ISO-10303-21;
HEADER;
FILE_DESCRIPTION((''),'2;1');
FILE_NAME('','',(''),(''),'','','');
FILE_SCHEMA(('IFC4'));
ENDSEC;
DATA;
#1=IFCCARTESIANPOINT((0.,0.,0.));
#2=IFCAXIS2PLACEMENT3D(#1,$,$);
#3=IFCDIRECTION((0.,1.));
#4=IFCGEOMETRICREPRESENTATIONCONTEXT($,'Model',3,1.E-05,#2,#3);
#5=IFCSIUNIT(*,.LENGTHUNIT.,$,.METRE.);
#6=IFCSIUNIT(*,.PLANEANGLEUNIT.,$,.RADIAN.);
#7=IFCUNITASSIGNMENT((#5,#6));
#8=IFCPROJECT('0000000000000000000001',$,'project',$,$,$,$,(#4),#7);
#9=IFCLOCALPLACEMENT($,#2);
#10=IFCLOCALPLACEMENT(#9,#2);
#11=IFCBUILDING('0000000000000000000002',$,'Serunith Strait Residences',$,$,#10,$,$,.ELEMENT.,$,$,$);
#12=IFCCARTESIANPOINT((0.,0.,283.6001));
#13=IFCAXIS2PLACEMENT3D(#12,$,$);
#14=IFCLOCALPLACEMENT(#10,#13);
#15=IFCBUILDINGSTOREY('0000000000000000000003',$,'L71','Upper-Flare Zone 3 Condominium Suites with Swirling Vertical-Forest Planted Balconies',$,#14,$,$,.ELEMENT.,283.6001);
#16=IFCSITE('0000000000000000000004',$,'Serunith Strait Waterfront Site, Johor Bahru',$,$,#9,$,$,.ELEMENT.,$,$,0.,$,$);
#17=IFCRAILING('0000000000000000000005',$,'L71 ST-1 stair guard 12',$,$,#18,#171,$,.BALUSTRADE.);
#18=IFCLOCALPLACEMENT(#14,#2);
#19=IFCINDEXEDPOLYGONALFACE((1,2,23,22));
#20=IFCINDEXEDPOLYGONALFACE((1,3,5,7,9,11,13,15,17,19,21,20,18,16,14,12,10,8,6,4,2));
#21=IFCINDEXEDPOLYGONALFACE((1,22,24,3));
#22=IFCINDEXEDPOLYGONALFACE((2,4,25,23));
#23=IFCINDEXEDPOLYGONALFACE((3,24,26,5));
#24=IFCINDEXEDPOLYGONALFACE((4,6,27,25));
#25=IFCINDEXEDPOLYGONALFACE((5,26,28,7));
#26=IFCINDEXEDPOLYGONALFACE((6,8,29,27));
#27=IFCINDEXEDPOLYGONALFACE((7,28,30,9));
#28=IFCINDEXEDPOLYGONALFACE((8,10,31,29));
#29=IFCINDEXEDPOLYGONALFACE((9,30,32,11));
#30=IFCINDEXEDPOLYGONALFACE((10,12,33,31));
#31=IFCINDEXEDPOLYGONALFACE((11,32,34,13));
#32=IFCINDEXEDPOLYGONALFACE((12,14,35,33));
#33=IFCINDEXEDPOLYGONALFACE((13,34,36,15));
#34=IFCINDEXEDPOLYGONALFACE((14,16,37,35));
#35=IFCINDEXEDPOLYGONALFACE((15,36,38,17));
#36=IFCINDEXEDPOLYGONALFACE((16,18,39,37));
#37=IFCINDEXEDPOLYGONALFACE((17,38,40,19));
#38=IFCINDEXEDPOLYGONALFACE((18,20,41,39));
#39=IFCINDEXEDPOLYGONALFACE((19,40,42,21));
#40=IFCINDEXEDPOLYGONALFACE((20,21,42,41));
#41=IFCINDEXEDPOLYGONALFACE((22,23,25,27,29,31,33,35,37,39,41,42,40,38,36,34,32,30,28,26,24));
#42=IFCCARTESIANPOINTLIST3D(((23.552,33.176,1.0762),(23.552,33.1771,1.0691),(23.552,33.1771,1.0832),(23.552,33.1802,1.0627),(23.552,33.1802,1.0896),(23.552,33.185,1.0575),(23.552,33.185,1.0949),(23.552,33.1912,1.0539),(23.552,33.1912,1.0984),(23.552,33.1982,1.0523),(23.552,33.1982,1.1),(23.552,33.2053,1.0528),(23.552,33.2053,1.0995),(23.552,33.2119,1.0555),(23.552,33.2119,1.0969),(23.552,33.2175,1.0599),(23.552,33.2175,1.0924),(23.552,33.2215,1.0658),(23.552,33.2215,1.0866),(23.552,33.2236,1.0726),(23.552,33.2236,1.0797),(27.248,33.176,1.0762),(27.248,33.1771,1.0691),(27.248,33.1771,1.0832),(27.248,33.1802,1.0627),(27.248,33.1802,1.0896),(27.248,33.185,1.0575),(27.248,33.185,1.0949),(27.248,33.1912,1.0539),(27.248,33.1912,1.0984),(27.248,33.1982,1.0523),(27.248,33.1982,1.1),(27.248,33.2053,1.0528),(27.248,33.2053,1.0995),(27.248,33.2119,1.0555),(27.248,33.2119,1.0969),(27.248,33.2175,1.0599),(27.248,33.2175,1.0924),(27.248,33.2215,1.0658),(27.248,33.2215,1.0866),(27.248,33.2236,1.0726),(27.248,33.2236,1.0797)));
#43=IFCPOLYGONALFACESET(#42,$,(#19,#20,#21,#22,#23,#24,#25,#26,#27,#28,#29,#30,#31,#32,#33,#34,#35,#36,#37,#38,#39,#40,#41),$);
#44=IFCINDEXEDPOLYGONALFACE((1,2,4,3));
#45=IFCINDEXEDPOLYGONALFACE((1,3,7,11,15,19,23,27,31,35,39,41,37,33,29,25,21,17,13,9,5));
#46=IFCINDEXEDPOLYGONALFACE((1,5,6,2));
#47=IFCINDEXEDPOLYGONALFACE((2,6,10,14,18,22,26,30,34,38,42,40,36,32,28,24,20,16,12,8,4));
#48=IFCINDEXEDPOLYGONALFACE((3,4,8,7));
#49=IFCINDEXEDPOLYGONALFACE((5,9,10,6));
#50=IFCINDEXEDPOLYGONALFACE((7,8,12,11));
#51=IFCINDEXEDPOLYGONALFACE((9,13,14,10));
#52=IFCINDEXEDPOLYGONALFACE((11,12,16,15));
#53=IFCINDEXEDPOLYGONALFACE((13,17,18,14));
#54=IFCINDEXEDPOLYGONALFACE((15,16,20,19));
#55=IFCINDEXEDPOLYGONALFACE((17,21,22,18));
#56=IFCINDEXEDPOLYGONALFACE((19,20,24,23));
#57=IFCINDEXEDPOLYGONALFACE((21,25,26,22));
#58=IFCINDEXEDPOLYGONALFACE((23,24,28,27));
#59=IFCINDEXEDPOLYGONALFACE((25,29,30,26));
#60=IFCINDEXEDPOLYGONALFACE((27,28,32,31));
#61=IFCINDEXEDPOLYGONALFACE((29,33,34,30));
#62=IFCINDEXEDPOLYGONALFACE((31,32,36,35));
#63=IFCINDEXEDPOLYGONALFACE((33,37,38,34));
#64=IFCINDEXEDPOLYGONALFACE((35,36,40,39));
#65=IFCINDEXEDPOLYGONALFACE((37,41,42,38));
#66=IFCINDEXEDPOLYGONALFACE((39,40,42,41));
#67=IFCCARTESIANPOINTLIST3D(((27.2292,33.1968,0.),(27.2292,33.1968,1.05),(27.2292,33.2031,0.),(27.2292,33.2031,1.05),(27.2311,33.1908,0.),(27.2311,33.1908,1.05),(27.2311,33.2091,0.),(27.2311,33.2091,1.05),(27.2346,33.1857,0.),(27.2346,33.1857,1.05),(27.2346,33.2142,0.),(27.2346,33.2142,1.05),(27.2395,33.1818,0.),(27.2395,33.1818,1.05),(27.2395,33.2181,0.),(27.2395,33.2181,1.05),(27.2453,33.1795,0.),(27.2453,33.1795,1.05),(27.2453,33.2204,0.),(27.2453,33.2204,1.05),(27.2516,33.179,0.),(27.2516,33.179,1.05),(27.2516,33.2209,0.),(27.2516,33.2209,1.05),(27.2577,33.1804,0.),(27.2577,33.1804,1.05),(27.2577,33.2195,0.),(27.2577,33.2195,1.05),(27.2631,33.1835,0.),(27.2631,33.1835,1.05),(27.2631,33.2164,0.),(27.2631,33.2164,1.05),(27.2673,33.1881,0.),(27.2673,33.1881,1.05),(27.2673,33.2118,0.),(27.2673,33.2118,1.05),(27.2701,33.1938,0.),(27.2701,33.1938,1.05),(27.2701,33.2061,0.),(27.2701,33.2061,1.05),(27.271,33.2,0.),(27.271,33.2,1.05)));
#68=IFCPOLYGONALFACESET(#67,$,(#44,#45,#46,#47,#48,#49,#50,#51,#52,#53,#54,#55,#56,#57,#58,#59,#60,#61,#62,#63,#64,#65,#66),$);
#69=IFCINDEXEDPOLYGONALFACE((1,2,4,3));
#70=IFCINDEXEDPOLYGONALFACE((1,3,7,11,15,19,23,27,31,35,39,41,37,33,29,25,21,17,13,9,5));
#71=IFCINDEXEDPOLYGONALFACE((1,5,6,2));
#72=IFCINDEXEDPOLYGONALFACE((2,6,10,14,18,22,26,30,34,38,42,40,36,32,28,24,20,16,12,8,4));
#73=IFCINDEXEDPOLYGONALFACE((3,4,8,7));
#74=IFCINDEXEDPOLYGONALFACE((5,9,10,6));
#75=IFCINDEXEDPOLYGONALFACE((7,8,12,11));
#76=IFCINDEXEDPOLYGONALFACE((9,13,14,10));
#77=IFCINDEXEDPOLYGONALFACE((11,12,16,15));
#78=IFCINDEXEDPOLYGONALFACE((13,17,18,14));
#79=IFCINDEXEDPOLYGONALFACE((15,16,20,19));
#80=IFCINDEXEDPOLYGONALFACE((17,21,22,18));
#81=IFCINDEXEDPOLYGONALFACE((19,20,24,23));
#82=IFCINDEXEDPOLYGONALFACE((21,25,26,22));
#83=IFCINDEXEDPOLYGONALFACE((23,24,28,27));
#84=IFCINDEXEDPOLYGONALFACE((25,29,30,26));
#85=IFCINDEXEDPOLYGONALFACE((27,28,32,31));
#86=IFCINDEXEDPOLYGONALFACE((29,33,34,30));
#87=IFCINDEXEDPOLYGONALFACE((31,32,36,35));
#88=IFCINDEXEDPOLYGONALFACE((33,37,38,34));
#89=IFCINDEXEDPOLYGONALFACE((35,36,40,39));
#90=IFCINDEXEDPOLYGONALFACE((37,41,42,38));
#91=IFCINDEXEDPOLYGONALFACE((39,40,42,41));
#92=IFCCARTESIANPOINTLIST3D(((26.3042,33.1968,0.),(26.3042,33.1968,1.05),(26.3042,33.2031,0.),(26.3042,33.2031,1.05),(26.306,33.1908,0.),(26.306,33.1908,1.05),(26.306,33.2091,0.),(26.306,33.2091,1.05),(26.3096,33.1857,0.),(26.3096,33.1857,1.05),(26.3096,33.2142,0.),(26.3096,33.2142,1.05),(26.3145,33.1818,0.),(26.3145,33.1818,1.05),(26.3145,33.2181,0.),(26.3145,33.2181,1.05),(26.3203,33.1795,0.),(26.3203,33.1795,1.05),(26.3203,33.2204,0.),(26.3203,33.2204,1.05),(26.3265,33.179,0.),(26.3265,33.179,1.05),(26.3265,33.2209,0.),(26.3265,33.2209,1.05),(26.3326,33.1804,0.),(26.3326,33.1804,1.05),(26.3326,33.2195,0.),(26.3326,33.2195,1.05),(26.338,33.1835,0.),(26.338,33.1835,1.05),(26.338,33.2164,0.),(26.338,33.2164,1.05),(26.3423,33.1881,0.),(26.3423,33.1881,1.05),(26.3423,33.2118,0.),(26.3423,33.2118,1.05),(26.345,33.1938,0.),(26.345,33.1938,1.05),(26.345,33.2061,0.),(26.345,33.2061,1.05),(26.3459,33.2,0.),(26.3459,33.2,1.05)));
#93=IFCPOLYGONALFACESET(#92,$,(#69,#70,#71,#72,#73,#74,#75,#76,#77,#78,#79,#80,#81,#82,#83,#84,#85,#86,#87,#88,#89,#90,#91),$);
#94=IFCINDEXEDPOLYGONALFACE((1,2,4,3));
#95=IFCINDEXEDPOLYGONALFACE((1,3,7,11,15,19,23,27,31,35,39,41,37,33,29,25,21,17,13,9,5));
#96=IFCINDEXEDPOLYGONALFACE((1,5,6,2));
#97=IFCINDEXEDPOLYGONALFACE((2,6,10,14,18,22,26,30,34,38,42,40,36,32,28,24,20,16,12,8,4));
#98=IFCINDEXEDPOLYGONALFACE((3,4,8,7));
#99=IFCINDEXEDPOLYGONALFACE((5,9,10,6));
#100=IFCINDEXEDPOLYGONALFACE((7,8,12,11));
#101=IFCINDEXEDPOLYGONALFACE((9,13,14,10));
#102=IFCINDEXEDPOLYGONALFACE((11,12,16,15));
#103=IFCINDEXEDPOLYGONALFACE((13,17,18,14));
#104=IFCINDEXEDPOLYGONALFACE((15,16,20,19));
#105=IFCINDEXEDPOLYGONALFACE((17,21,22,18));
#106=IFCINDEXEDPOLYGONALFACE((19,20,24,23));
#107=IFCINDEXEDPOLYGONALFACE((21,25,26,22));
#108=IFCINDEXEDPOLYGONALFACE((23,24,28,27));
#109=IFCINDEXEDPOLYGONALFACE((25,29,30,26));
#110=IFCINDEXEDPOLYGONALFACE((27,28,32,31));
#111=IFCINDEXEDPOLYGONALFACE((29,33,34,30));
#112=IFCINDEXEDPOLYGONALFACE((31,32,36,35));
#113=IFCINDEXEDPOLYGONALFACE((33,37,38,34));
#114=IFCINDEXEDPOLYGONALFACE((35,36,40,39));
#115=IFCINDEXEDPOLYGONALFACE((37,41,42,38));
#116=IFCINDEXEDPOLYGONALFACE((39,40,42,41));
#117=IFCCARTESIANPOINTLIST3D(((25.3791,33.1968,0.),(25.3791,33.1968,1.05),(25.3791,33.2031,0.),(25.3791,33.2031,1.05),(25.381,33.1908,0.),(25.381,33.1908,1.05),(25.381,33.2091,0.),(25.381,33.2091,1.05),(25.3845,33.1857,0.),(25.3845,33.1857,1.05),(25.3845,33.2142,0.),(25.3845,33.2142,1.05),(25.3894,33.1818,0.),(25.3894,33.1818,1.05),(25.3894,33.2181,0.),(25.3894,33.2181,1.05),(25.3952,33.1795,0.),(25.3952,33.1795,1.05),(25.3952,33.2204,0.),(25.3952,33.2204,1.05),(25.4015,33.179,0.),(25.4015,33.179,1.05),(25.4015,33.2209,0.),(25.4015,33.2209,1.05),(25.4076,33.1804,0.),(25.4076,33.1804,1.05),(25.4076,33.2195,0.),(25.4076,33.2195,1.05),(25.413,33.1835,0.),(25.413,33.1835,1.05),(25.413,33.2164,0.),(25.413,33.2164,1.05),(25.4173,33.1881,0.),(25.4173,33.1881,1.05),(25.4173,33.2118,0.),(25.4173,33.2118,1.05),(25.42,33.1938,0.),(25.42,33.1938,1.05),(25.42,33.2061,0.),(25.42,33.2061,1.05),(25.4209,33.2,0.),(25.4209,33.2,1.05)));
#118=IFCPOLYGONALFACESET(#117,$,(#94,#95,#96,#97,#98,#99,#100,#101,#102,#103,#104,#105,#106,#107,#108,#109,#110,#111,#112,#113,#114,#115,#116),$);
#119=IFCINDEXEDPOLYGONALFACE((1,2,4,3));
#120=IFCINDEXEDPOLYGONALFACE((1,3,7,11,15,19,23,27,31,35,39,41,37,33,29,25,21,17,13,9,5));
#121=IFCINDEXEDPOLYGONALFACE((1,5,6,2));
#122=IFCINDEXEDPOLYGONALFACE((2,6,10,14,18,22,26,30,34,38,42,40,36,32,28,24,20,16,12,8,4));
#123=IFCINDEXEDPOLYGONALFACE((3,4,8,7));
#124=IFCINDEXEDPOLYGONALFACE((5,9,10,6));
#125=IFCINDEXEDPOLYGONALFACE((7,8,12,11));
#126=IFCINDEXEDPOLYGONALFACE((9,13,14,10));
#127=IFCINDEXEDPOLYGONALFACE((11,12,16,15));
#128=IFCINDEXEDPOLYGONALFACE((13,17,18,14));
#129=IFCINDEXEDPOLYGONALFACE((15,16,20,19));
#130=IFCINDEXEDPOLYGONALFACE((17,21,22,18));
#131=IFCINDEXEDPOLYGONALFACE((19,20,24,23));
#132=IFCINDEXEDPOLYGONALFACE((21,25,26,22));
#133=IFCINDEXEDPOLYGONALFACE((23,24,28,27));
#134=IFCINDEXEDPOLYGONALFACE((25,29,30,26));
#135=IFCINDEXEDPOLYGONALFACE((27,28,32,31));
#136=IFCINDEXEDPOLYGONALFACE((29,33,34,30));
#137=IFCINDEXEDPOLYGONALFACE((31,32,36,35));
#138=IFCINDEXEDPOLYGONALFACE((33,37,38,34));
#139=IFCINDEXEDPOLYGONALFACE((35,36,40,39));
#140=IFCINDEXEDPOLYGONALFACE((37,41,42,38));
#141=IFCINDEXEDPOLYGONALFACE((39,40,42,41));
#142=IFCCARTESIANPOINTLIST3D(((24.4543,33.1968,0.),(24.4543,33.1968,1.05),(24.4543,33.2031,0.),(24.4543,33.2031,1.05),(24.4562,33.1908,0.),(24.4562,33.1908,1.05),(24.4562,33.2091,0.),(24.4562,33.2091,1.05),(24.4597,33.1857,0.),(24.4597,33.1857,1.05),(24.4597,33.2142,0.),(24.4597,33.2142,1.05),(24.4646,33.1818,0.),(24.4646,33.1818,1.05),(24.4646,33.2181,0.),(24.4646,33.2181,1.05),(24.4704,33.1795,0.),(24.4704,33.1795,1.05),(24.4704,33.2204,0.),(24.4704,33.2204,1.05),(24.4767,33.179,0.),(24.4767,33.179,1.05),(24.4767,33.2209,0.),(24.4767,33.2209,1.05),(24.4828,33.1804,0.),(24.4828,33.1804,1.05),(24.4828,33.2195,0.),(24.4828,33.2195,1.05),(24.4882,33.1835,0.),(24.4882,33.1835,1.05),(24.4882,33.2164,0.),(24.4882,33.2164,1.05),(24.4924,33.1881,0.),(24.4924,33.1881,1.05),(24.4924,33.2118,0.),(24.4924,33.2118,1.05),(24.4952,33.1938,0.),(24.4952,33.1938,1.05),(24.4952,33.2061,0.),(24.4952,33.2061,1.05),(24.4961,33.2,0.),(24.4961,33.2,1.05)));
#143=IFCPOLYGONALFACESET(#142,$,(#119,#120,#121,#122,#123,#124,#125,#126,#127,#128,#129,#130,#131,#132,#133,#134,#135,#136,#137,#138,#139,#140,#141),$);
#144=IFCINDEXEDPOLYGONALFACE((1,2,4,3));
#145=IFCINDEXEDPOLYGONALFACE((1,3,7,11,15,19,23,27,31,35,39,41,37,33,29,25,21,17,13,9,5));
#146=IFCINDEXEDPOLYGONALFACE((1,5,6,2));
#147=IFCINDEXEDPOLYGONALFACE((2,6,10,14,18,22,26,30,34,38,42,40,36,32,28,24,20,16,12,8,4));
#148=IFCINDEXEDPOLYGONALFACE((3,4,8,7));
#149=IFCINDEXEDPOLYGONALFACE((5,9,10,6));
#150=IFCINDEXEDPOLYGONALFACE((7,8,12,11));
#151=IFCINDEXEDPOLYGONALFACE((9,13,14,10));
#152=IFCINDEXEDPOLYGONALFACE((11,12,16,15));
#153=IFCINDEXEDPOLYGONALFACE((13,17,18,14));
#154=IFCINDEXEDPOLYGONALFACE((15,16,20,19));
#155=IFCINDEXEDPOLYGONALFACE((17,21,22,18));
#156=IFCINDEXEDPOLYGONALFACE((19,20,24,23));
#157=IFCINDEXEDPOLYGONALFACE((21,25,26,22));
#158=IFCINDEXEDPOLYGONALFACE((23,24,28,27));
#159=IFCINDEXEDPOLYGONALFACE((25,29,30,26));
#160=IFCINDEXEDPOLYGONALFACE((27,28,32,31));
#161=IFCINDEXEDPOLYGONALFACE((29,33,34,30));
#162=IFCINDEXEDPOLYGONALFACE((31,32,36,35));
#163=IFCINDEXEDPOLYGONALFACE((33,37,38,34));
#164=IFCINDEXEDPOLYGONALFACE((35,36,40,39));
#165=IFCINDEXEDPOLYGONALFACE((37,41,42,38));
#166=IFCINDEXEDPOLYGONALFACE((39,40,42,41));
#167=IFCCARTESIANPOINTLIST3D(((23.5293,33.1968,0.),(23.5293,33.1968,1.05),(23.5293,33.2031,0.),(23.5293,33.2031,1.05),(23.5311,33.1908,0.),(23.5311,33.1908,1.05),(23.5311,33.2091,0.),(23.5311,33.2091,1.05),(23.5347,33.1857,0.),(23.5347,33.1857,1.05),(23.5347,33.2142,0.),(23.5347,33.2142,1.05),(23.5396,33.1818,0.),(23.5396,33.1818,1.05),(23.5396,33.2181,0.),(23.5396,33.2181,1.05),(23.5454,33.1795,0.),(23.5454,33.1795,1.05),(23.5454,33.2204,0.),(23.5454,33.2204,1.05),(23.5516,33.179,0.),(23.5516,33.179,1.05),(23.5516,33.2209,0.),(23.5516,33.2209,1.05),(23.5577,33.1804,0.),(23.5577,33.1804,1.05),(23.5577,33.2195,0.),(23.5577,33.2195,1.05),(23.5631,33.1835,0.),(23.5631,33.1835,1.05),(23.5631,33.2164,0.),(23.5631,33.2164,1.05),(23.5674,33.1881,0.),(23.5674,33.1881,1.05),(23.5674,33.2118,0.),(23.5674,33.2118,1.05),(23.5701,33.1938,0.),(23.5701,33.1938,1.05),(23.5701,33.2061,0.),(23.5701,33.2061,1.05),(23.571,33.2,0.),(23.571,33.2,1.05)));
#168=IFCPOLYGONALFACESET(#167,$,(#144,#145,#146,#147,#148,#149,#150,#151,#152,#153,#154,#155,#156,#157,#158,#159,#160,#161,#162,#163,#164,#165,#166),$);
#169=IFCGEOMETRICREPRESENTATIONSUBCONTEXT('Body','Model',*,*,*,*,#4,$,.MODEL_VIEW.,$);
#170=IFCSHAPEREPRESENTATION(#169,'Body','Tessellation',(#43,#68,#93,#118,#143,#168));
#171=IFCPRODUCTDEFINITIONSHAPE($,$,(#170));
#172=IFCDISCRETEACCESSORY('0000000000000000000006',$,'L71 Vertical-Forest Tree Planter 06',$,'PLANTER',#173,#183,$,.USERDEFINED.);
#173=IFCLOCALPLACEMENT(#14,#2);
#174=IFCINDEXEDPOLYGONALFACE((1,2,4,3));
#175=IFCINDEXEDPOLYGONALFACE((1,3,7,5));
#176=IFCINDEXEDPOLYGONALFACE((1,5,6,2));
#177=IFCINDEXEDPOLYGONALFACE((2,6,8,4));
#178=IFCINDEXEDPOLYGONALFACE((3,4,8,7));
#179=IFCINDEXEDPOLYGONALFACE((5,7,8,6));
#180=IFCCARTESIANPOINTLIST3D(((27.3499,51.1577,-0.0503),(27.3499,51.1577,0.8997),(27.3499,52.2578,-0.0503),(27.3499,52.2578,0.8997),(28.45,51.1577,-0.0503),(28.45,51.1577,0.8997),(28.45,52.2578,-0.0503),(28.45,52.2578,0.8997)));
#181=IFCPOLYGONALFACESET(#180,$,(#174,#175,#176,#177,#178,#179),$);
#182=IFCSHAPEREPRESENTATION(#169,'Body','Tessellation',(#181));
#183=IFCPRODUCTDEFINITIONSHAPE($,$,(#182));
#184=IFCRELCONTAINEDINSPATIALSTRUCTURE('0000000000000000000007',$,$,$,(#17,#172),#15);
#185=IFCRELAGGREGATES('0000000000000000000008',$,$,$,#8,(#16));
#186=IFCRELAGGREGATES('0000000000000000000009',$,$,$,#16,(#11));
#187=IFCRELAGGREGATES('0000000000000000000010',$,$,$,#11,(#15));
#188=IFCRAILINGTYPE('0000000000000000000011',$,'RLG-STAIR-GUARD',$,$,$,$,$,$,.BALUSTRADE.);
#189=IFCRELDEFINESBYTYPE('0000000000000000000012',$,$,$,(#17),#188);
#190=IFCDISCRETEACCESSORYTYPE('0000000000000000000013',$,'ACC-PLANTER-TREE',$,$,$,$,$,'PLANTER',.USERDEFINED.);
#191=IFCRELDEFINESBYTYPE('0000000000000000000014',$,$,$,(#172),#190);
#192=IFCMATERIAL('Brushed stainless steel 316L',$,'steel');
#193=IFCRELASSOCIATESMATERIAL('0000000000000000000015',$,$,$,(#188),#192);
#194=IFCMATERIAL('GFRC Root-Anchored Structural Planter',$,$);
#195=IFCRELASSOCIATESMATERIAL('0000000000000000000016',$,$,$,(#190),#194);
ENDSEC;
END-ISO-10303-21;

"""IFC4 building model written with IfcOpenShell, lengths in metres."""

from ifc_helpers import new_model, si_unit, direction, frame, origin, origin_2d, place, context, subcontext, project, spatial, rectangle, circle, extrude, source, transform, mapped, material, type_object, element, save


model = new_model("IFC4")

# Units and contexts
model_context = context("Model", 3, precision=1e-05, world=origin(), true_north=direction((0.0, 1.0)))
body_context = subcontext(model_context, "Body", "Model", "MODEL_VIEW")
ifc_project = project(units=[si_unit("LENGTHUNIT", "METRE"), si_unit("PLANEANGLEUNIT", "RADIAN")], contexts=[model_context])

# Site, building, storey
site_placement = place(None, origin())
site = spatial("IfcSite", under=ifc_project, at=site_placement, Name="Serunith Strait Waterfront Site, Johor Bahru", CompositionType="ELEMENT", RefElevation=0.0)
building_placement = place(site_placement, origin())
building = spatial("IfcBuilding", under=site, at=building_placement, Name="Serunith Strait Residences", CompositionType="ELEMENT")
storey_placement = place(building_placement, frame((0.0, 0.0, 283.6001)))
storey = spatial("IfcBuildingStorey", under=building, at=storey_placement, Name="L71", Description="Upper-Flare Zone 3 Condominium Suites with Swirling Vertical-Forest Planted Balconies", CompositionType="ELEMENT", Elevation=283.6001)

# Railing
ifc_material_1 = material(Name="Brushed stainless steel 316L", Category="steel")
railing_type_1 = type_object("IfcRailingType", Name="RLG-STAIR-GUARD", PredefinedType="BALUSTRADE", material=ifc_material_1)
railing_1_placement = place(storey_placement, frame((27.25, 33.2, 0.0)))
element("IfcRailing", 1, at=railing_1_placement, inside=storey, type_object=railing_type_1, Name="L71 ST-1 stair guard 12", PredefinedType="BALUSTRADE", context=body_context, shape_type="SweptSolid", body=[
    extrude(circle(Radius=0.0239, at=origin_2d()), frame((-0.002, 0.0, 1.0762), z_axis=(-1.0, 0.0, 0.0), x_axis=(0.0, -1.0, 0.0)), (0.0, 0.0, 1.0), 3.696),
    extrude(circle(Radius=0.021, at=origin_2d()), origin(), (0.0, 0.0, 1.0), 1.05),
    extrude(circle(Radius=0.021, at=origin_2d()), frame((-0.925, 0.0, 0.0)), (0.0, 0.0, 1.0), 1.05),
    extrude(circle(Radius=0.021, at=origin_2d()), frame((-1.8501, 0.0, 0.0)), (0.0, 0.0, 1.0), 1.05),
    extrude(circle(Radius=0.021, at=origin_2d()), frame((-2.7749, 0.0, 0.0)), (0.0, 0.0, 1.0), 1.05),
    extrude(circle(Radius=0.021, at=origin_2d()), frame((-3.7, 0.0, 0.0)), (0.0, 0.0, 1.0), 1.05),
])

# Discrete accessory
ifc_material_2 = material(Name="GFRC Root-Anchored Structural Planter")
discrete_accessory_type = type_object("IfcDiscreteAccessoryType", Name="ACC-PLANTER-TREE", ElementType="PLANTER", PredefinedType="USERDEFINED", material=ifc_material_2)
shared_shape_1 = source(origin(), body_context, "Body", "SweptSolid", [
    extrude(rectangle(XDim=1.1001, YDim=1.1001, at=origin_2d()), origin(), (0.0, 0.0, 1.0), 0.95),
])
discrete_accessory_placement = place(storey_placement, frame((27.8999, 51.7078, -0.0503), z_axis=(0.0, 0.0, 1.0), x_axis=(-1.0, 0.0, 0.0)))
element("IfcDiscreteAccessory", 2, at=discrete_accessory_placement, inside=storey, type_object=discrete_accessory_type, Name="L71 Vertical-Forest Tree Planter 06", ObjectType="PLANTER", PredefinedType="USERDEFINED", context=body_context, shape_type="MappedRepresentation", body=[
    mapped(shared_shape_1, transform((0.0, 0.0, 0.0), scale=1.0)),
])

save(model, "model.ifc")
